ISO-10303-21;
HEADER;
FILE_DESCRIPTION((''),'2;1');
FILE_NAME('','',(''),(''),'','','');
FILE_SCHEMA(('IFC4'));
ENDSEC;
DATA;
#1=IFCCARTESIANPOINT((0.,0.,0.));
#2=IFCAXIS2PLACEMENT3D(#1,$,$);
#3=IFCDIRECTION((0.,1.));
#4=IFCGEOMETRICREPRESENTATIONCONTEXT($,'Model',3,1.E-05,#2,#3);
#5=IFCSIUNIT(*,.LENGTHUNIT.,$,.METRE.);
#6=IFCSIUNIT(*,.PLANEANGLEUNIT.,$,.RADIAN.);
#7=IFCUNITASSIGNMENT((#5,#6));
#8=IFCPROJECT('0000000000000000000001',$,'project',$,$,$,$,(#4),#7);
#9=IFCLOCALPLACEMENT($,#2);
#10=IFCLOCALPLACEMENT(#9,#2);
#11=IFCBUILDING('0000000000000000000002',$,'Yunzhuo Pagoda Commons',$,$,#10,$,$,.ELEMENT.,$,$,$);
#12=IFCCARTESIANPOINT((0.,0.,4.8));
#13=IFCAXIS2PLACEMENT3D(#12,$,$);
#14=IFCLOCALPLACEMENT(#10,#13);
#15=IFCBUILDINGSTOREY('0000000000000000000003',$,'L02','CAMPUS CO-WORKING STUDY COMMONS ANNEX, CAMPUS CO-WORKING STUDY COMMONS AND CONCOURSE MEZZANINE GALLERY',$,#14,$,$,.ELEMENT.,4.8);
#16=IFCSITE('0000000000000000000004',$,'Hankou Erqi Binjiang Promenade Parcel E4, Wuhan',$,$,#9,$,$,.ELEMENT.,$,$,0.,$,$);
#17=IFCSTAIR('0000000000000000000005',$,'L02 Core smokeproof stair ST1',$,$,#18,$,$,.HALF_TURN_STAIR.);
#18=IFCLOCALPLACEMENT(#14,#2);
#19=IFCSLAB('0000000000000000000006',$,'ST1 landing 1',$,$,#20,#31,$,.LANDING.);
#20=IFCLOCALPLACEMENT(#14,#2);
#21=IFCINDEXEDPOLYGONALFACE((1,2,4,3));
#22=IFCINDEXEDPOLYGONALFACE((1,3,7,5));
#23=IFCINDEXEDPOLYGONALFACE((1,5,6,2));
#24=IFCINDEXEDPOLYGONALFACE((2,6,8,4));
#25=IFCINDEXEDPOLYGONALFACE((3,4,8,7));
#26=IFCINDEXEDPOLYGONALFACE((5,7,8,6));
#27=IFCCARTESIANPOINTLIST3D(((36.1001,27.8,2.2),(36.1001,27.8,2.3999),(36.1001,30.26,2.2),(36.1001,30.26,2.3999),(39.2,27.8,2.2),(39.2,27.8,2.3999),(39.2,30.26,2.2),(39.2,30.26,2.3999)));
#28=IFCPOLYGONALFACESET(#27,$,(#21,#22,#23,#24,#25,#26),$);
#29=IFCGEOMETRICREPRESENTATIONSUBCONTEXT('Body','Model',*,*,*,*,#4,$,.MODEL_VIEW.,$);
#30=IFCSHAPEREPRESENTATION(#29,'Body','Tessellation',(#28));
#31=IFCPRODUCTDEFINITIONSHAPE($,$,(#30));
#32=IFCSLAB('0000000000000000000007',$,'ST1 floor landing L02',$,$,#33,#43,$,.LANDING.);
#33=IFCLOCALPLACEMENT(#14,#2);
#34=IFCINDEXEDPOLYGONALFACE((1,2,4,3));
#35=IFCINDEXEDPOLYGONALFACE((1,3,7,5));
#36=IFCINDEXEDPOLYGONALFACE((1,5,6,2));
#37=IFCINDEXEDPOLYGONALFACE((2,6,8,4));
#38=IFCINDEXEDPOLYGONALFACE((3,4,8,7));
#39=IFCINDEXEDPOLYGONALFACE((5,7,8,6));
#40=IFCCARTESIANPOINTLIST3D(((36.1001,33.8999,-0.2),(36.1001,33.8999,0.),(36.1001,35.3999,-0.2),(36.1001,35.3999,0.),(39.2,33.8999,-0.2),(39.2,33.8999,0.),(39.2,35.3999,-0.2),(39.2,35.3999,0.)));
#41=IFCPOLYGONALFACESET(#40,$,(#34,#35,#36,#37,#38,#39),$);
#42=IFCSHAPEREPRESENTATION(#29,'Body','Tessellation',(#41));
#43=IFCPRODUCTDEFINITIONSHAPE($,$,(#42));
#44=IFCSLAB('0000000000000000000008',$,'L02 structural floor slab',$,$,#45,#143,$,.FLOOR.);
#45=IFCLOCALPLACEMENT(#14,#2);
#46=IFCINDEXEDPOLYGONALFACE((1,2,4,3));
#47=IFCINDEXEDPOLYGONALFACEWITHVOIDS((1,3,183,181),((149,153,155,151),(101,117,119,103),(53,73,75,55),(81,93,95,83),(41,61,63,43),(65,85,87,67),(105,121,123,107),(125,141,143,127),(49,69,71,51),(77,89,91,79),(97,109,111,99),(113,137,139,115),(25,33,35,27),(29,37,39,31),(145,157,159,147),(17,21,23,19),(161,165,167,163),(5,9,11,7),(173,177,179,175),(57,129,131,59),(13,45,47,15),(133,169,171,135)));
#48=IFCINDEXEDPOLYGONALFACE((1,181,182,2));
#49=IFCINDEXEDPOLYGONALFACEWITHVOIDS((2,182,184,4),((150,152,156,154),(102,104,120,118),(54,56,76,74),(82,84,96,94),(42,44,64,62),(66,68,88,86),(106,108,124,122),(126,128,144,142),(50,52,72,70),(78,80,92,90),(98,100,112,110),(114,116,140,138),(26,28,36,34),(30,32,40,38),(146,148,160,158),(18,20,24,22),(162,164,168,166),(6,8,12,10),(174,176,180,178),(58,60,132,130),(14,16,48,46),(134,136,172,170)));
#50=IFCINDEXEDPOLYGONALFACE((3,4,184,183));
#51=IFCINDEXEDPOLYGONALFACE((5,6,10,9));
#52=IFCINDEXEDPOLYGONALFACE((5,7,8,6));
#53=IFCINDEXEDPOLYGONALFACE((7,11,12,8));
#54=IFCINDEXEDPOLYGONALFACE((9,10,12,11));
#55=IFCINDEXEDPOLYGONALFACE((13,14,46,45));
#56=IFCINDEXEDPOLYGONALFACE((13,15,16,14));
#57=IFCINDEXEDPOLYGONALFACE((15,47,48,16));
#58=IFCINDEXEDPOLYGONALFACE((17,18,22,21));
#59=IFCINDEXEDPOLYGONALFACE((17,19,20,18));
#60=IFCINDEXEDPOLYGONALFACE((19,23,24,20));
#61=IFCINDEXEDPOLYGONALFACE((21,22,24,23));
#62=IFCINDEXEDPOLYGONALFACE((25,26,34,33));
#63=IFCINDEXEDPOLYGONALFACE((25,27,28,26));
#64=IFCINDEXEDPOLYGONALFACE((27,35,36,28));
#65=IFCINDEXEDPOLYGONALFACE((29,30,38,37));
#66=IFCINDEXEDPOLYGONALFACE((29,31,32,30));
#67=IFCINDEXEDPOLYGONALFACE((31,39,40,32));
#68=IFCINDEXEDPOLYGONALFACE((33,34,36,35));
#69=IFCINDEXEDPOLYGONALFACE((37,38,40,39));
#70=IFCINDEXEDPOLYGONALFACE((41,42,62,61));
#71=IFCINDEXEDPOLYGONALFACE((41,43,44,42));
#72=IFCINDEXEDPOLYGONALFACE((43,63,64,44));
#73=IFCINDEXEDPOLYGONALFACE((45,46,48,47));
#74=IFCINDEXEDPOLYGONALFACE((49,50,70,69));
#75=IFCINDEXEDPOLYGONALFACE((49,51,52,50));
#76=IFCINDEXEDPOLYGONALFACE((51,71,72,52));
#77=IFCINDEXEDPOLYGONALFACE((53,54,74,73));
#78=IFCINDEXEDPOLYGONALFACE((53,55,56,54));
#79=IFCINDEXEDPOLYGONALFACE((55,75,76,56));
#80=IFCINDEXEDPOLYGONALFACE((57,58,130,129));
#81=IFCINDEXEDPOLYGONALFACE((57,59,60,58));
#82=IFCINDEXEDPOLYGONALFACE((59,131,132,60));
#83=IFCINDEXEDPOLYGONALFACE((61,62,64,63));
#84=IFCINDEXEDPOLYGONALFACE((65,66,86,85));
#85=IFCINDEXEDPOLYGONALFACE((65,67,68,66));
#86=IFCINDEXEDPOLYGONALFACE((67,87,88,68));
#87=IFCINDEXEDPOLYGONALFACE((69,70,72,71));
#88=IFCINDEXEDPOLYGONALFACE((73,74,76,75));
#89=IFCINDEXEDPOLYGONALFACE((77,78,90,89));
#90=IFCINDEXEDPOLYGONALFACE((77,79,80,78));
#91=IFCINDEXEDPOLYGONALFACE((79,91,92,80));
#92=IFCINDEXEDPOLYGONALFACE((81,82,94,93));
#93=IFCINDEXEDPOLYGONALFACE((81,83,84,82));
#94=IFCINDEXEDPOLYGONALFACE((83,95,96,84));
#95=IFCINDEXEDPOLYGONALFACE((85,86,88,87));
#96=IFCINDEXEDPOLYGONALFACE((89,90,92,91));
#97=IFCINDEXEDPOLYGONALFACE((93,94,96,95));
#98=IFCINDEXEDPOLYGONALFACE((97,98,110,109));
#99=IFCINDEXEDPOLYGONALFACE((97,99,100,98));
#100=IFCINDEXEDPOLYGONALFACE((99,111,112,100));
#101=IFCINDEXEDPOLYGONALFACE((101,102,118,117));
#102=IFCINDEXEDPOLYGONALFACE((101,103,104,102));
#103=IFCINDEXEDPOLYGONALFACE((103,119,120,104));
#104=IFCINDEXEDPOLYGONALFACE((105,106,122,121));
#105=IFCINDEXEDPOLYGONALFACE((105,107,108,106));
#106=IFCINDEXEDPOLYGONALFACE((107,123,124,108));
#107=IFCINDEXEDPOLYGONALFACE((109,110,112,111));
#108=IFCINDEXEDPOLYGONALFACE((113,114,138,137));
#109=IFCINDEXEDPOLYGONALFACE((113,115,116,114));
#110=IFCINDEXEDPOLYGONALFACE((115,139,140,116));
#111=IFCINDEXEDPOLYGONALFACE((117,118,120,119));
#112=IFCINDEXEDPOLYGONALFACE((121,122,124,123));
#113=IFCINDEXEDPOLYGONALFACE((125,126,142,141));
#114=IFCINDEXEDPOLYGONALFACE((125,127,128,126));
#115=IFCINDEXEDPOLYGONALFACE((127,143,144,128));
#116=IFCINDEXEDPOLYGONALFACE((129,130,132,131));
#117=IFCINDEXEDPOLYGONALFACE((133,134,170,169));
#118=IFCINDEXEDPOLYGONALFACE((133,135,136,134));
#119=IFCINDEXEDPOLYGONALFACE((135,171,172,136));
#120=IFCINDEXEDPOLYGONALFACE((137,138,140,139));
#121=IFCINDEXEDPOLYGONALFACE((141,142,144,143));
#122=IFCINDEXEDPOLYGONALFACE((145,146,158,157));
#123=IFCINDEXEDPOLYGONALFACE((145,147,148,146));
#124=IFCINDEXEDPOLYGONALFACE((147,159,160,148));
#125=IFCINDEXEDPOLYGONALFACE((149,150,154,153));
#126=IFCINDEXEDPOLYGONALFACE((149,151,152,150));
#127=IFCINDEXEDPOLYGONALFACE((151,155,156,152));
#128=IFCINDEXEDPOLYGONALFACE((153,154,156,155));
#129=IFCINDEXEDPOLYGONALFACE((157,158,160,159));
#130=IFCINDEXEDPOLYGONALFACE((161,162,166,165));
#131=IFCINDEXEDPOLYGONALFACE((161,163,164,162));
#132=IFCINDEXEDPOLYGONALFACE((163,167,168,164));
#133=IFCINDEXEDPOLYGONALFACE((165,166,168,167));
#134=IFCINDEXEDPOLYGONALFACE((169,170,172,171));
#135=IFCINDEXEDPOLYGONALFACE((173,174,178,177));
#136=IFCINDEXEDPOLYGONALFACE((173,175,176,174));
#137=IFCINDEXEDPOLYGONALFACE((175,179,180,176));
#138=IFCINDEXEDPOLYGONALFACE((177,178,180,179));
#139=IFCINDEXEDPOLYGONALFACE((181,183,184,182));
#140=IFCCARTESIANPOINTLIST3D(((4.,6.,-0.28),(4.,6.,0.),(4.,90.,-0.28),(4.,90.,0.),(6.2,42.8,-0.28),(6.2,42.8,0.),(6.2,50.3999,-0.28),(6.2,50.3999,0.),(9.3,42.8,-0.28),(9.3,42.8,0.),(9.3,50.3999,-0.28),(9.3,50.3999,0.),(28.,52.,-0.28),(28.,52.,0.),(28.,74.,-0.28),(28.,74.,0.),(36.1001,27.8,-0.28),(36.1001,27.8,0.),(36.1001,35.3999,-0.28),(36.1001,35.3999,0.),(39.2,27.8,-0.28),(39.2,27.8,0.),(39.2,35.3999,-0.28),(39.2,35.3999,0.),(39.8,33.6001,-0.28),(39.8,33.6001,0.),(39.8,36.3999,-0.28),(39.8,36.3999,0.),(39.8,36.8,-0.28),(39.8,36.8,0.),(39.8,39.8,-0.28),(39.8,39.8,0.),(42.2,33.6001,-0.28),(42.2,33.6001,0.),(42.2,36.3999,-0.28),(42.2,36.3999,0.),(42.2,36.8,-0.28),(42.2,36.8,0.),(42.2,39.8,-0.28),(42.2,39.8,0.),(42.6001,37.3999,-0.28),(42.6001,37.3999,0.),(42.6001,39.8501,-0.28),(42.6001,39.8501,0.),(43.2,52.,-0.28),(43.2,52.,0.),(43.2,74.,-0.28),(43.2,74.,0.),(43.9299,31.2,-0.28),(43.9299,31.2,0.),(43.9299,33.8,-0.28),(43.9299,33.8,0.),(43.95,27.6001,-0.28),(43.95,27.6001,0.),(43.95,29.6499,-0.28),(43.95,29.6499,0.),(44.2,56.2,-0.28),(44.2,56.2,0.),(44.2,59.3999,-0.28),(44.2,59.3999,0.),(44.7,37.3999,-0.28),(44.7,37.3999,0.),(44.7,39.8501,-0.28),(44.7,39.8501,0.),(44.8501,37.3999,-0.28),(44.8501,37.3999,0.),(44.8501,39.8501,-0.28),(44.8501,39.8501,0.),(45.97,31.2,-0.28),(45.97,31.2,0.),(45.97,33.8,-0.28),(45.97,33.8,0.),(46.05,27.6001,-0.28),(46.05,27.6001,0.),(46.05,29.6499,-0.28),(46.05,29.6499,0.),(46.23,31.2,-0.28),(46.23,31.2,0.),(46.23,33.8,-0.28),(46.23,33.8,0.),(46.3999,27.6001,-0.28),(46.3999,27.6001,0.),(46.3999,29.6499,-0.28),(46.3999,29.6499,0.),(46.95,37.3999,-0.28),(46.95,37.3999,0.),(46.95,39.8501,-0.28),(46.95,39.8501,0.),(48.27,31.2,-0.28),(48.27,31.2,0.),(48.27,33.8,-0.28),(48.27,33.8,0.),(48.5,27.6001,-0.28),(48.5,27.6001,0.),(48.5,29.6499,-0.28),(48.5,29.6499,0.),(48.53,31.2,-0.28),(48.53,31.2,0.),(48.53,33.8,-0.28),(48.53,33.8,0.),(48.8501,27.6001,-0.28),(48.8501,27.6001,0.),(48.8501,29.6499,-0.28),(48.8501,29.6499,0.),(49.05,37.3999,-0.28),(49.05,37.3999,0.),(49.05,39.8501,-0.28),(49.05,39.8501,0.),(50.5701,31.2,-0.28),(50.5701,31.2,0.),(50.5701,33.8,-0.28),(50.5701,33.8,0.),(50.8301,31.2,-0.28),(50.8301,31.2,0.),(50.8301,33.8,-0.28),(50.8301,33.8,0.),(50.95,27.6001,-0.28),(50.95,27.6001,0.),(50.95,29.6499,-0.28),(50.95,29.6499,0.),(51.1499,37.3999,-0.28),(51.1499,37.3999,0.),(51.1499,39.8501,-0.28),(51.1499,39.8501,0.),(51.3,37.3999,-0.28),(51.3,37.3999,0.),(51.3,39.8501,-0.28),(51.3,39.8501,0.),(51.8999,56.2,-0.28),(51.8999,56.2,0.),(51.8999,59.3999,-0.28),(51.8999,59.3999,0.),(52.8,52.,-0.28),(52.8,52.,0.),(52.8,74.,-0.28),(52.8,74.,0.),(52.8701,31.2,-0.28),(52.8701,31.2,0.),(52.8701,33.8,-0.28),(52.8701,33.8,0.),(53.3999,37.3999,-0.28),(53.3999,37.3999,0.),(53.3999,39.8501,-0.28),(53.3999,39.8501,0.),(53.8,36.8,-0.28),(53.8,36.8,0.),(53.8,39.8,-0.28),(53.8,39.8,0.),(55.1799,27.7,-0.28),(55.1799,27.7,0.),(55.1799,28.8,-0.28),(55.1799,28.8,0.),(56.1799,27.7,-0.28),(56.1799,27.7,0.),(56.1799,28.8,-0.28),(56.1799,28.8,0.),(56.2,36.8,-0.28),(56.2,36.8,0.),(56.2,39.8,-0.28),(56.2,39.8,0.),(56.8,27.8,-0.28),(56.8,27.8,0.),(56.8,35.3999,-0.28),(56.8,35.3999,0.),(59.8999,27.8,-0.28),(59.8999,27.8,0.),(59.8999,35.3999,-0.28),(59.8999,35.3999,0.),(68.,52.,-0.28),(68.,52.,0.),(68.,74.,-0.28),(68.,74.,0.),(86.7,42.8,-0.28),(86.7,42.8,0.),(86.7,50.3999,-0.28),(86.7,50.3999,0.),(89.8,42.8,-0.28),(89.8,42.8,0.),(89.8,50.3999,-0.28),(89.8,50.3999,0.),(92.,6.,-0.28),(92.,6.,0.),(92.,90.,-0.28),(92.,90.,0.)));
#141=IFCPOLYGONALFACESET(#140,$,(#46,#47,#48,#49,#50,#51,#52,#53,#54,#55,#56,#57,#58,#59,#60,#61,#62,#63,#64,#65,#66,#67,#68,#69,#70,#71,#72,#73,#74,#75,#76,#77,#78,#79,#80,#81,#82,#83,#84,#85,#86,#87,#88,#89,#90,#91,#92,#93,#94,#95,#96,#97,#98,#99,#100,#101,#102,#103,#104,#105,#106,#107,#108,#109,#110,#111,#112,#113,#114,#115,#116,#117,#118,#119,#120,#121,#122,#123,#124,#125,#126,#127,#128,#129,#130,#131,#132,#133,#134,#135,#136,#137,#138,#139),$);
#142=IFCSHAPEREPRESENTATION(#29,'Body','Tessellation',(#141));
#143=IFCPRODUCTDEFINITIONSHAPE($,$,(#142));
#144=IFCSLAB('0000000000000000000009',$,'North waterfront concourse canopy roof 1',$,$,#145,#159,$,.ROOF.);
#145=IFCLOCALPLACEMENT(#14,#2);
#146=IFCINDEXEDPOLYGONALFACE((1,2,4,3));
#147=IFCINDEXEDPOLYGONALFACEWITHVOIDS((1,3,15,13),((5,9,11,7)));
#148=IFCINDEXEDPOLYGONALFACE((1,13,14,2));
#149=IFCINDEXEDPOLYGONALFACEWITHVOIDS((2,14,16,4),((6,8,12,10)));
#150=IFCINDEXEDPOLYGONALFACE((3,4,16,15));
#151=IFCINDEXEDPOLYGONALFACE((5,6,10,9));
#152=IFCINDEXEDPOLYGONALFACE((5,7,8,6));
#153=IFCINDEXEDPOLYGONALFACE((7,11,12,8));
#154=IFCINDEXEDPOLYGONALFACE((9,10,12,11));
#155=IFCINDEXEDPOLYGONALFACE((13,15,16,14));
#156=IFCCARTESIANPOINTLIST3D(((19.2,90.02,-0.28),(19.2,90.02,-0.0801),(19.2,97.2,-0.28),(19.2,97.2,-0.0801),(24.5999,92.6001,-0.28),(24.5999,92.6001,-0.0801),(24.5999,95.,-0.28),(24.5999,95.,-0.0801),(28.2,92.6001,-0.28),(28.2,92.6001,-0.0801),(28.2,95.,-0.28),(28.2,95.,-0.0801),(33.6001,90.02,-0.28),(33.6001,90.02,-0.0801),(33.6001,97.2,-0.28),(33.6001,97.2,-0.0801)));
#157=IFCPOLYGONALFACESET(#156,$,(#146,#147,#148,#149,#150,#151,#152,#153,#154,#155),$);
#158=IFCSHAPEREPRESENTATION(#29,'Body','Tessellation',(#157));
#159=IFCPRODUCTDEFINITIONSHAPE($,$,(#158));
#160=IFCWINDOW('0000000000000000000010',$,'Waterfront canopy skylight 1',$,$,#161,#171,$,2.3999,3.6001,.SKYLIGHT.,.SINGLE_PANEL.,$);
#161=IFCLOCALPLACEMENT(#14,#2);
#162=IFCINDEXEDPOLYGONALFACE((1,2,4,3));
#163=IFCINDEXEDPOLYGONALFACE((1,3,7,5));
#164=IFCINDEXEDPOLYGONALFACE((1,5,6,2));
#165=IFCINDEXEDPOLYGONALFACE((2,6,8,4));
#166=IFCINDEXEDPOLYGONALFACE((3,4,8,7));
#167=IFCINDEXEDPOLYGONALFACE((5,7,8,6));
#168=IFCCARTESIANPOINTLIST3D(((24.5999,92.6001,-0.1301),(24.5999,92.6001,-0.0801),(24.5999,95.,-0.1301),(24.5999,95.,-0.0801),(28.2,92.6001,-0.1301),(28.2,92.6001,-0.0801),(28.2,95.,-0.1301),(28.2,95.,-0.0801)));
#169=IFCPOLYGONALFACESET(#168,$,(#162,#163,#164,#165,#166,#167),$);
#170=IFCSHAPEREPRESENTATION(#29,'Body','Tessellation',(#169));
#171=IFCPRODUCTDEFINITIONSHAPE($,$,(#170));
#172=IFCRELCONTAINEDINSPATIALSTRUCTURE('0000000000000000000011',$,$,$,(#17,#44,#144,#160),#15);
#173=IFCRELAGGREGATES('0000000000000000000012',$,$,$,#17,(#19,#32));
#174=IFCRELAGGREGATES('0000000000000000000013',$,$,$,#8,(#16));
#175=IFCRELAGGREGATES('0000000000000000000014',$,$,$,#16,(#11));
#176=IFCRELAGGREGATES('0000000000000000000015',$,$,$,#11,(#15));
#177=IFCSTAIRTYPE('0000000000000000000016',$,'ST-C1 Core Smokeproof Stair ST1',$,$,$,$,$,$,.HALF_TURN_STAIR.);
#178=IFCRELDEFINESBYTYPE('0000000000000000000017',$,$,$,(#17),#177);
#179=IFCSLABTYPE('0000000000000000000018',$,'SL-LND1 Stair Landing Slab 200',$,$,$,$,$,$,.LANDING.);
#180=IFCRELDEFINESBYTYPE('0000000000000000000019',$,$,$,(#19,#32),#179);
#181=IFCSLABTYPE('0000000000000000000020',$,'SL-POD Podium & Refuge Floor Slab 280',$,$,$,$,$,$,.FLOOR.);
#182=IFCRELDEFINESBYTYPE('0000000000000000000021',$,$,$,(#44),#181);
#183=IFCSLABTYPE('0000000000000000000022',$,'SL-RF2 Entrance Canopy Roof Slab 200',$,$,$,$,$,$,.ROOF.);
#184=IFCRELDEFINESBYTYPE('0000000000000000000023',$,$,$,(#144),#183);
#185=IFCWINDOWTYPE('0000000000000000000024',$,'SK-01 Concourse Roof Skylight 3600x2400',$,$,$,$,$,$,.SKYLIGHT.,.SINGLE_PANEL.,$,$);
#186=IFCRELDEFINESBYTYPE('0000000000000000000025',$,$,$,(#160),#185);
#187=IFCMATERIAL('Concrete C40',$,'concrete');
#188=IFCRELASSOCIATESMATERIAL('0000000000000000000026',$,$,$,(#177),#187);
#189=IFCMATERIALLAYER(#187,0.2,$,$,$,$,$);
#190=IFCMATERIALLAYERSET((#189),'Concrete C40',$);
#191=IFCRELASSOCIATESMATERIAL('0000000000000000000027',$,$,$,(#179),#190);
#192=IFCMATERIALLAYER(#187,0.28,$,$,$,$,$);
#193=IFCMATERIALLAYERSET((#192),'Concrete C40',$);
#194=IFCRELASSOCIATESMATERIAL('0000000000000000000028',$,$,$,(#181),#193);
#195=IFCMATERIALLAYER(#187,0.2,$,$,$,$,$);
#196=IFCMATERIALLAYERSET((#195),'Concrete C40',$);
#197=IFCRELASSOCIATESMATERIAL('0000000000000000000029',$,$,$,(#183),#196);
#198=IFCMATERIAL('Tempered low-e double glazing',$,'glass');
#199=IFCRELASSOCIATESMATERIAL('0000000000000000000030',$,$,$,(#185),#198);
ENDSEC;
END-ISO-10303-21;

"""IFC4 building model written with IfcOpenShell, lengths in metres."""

from ifc_helpers import new_model, si_unit, direction, frame, origin, origin_2d, place, context, subcontext, project, spatial, polyline, rectangle, outline, extrude, material, layer, layer_set, type_object, element, fill, aggregate, save


model = new_model("IFC4")

# Units and contexts
model_context = context("Model", 3, precision=1e-05, world=origin(), true_north=direction((0.0, 1.0)))
body_context = subcontext(model_context, "Body", "Model", "MODEL_VIEW")
ifc_project = project(units=[si_unit("LENGTHUNIT", "METRE"), si_unit("PLANEANGLEUNIT", "RADIAN")], contexts=[model_context])

# Site, building, storey
site_placement = place(None, origin())
site = spatial("IfcSite", under=ifc_project, at=site_placement, Name="Hankou Erqi Binjiang Promenade Parcel E4, Wuhan", CompositionType="ELEMENT", RefElevation=0.0)
building_placement = place(site_placement, origin())
building = spatial("IfcBuilding", under=site, at=building_placement, Name="Yunzhuo Pagoda Commons", CompositionType="ELEMENT")
storey_placement = place(building_placement, frame((0.0, 0.0, 4.8)))
storey = spatial("IfcBuildingStorey", under=building, at=storey_placement, Name="L02", Description="CAMPUS CO-WORKING STUDY COMMONS ANNEX, CAMPUS CO-WORKING STUDY COMMONS AND CONCOURSE MEZZANINE GALLERY", CompositionType="ELEMENT", Elevation=4.8)

# Stair, slabs
ifc_material_1 = material(Name="Concrete C40", Category="concrete")
stair_type = type_object("IfcStairType", Name="ST-C1 Core Smokeproof Stair ST1", PredefinedType="HALF_TURN_STAIR", material=ifc_material_1)
stair_placement = place(storey_placement, origin())
stair = element("IfcStair", 1, at=stair_placement, inside=storey, type_object=stair_type, Name="L02 Core smokeproof stair ST1", PredefinedType="HALF_TURN_STAIR")
ifc_layer_1 = layer(ifc_material_1, 0.2)
ifc_layer_set_1 = layer_set([ifc_layer_1], Name="Concrete C40")
slab_type_1 = type_object("IfcSlabType", Name="SL-LND1 Stair Landing Slab 200", PredefinedType="LANDING", material=ifc_layer_set_1)
slab_1_placement = place(storey_placement, frame((0.0, 0.0, 2.2)))
slab_1 = element("IfcSlab", 2, at=slab_1_placement, type_object=slab_type_1, Name="ST1 landing 1", PredefinedType="LANDING", context=body_context, shape_type="SweptSolid", body=[
    extrude(outline(polyline([(36.1001, 30.26), (36.1001, 27.8), (39.2, 27.8), (39.2, 30.26), (36.1001, 30.26)])), origin(), (0.0, 0.0, 1.0), 0.2),
])
slab_2_placement = place(storey_placement, frame((0.0, 0.0, -0.2)))
slab_2 = element("IfcSlab", 3, at=slab_2_placement, type_object=slab_type_1, Name="ST1 floor landing L02", PredefinedType="LANDING", context=body_context, shape_type="SweptSolid", body=[
    extrude(outline(polyline([(36.1001, 35.3999), (36.1001, 33.8999), (39.2, 33.8999), (39.2, 35.3999), (36.1001, 35.3999)])), origin(), (0.0, 0.0, 1.0), 0.2),
])
aggregate(stair, [slab_1, slab_2])

# Slab
ifc_layer_2 = layer(ifc_material_1, 0.28)
ifc_layer_set_2 = layer_set([ifc_layer_2], Name="Concrete C40")
slab_type_2 = type_object("IfcSlabType", Name="SL-POD Podium & Refuge Floor Slab 280", PredefinedType="FLOOR", material=ifc_layer_set_2)
slab_3_placement = place(storey_placement, frame((0.0, 0.0, -0.28)))
element("IfcSlab", 4, at=slab_3_placement, inside=storey, type_object=slab_type_2, Name="L02 structural floor slab", PredefinedType="FLOOR", context=body_context, shape_type="SweptSolid", body=[
    extrude(outline(polyline([(4.0, 90.0), (92.0, 90.0), (92.0, 6.0), (4.0, 6.0), (4.0, 90.0)]), holes=[polyline([(46.05, 27.6001), (46.05, 29.6499), (43.95, 29.6499), (43.95, 27.6001), (46.05, 27.6001)]), polyline([(48.5, 27.6001), (48.5, 29.6499), (46.3999, 29.6499), (46.3999, 27.6001), (48.5, 27.6001)]), polyline([(36.1001, 27.8), (39.2, 27.8), (39.2, 35.3999), (36.1001, 35.3999), (36.1001, 27.8)]), polyline([(43.9299, 31.2), (45.97, 31.2), (45.97, 33.8), (43.9299, 33.8), (43.9299, 31.2)]), polyline([(46.23, 31.2), (48.27, 31.2), (48.27, 33.8), (46.23, 33.8), (46.23, 31.2)]), polyline([(42.2, 33.6001), (42.2, 36.3999), (39.8, 36.3999), (39.8, 33.6001), (42.2, 33.6001)]), polyline([(39.8, 36.8), (42.2, 36.8), (42.2, 39.8), (39.8, 39.8), (39.8, 36.8)]), polyline([(42.6001, 37.3999), (44.7, 37.3999), (44.7, 39.8501), (42.6001, 39.8501), (42.6001, 37.3999)]), polyline([(46.95, 37.3999), (46.95, 39.8501), (44.8501, 39.8501), (44.8501, 37.3999), (46.95, 37.3999)]), polyline([(9.3, 42.8), (9.3, 50.3999), (6.2, 50.3999), (6.2, 42.8), (9.3, 42.8)]), polyline([(28.0, 52.0), (43.2, 52.0), (43.2, 74.0), (28.0, 74.0), (28.0, 52.0)]), polyline([(56.1799, 27.7), (56.1799, 28.8), (55.1799, 28.8), (55.1799, 27.7), (56.1799, 27.7)]), polyline([(50.95, 27.6001), (50.95, 29.6499), (48.8501, 29.6499), (48.8501, 27.6001), (50.95, 27.6001)]), polyline([(56.8, 27.8), (59.8999, 27.8), (59.8999, 35.3999), (56.8, 35.3999), (56.8, 27.8)]), polyline([(48.53, 31.2), (50.5701, 31.2), (50.5701, 33.8), (48.53, 33.8), (48.53, 31.2)]), polyline([(50.8301, 31.2), (52.8701, 31.2), (52.8701, 33.8), (50.8301, 33.8), (50.8301, 31.2)]), polyline([(56.2, 36.8), (56.2, 39.8), (53.8, 39.8), (53.8, 36.8), (56.2, 36.8)]), polyline([(49.05, 37.3999), (51.1499, 37.3999), (51.1499, 39.8501), (49.05, 39.8501), (49.05, 37.3999)]), polyline([(51.3, 37.3999), (53.3999, 37.3999), (53.3999, 39.8501), (51.3, 39.8501), (51.3, 37.3999)]), polyline([(89.8, 50.3999), (86.7, 50.3999), (86.7, 42.8), (89.8, 42.8), (89.8, 50.3999)]), polyline([(44.2, 56.2), (51.8999, 56.2), (51.8999, 59.3999), (44.2, 59.3999), (44.2, 56.2)]), polyline([(52.8, 52.0), (68.0, 52.0), (68.0, 74.0), (52.8, 74.0), (52.8, 52.0)])]), origin(), (0.0, 0.0, 1.0), 0.28),
])

# Slab, opening, window
ifc_layer_3 = layer(ifc_material_1, 0.2)
ifc_layer_set_3 = layer_set([ifc_layer_3], Name="Concrete C40")
slab_type_3 = type_object("IfcSlabType", Name="SL-RF2 Entrance Canopy Roof Slab 200", PredefinedType="ROOF", material=ifc_layer_set_3)
slab_4_placement = place(storey_placement, frame((0.0, 0.0, -0.28)))
slab_4 = element("IfcSlab", 5, at=slab_4_placement, inside=storey, type_object=slab_type_3, Name="North waterfront concourse canopy roof 1", PredefinedType="ROOF", context=body_context, shape_type="SweptSolid", body=[
    extrude(outline(polyline([(19.2, 90.02), (33.6001, 90.02), (33.6001, 97.2), (19.2, 97.2), (19.2, 90.02)])), origin(), (0.0, 0.0, 1.0), 0.2),
])
opening_1_placement = place(slab_4_placement, frame((26.3999, 93.8, -0.01)))
opening_1 = element("IfcOpeningElement", 6, at=opening_1_placement, cuts=slab_4, PredefinedType="OPENING", context=body_context, shape_type="SweptSolid", body=[
    extrude(rectangle(XDim=3.6001, YDim=2.3999, at=origin_2d()), origin(), (0.0, 0.0, 1.0), 0.22),
])
ifc_material_2 = material(Name="Tempered low-e double glazing", Category="glass")
window_type = type_object("IfcWindowType", Name="SK-01 Concourse Roof Skylight 3600x2400", PartitioningType="SINGLE_PANEL", PredefinedType="SKYLIGHT", material=ifc_material_2)
window_1_placement = place(opening_1_placement, frame((0.0, 0.0, 0.1599)))
window_1 = element("IfcWindow", 7, at=window_1_placement, inside=storey, type_object=window_type, Name="Waterfront canopy skylight 1", OverallHeight=2.3999, OverallWidth=3.6001, PartitioningType="SINGLE_PANEL", PredefinedType="SKYLIGHT", context=body_context, shape_type="SweptSolid", body=[
    extrude(rectangle(XDim=3.6001, YDim=2.3999, at=origin_2d()), origin(), (0.0, 0.0, 1.0), 0.05),
])
fill(opening_1, window_1)

save(model, "model.ifc")
